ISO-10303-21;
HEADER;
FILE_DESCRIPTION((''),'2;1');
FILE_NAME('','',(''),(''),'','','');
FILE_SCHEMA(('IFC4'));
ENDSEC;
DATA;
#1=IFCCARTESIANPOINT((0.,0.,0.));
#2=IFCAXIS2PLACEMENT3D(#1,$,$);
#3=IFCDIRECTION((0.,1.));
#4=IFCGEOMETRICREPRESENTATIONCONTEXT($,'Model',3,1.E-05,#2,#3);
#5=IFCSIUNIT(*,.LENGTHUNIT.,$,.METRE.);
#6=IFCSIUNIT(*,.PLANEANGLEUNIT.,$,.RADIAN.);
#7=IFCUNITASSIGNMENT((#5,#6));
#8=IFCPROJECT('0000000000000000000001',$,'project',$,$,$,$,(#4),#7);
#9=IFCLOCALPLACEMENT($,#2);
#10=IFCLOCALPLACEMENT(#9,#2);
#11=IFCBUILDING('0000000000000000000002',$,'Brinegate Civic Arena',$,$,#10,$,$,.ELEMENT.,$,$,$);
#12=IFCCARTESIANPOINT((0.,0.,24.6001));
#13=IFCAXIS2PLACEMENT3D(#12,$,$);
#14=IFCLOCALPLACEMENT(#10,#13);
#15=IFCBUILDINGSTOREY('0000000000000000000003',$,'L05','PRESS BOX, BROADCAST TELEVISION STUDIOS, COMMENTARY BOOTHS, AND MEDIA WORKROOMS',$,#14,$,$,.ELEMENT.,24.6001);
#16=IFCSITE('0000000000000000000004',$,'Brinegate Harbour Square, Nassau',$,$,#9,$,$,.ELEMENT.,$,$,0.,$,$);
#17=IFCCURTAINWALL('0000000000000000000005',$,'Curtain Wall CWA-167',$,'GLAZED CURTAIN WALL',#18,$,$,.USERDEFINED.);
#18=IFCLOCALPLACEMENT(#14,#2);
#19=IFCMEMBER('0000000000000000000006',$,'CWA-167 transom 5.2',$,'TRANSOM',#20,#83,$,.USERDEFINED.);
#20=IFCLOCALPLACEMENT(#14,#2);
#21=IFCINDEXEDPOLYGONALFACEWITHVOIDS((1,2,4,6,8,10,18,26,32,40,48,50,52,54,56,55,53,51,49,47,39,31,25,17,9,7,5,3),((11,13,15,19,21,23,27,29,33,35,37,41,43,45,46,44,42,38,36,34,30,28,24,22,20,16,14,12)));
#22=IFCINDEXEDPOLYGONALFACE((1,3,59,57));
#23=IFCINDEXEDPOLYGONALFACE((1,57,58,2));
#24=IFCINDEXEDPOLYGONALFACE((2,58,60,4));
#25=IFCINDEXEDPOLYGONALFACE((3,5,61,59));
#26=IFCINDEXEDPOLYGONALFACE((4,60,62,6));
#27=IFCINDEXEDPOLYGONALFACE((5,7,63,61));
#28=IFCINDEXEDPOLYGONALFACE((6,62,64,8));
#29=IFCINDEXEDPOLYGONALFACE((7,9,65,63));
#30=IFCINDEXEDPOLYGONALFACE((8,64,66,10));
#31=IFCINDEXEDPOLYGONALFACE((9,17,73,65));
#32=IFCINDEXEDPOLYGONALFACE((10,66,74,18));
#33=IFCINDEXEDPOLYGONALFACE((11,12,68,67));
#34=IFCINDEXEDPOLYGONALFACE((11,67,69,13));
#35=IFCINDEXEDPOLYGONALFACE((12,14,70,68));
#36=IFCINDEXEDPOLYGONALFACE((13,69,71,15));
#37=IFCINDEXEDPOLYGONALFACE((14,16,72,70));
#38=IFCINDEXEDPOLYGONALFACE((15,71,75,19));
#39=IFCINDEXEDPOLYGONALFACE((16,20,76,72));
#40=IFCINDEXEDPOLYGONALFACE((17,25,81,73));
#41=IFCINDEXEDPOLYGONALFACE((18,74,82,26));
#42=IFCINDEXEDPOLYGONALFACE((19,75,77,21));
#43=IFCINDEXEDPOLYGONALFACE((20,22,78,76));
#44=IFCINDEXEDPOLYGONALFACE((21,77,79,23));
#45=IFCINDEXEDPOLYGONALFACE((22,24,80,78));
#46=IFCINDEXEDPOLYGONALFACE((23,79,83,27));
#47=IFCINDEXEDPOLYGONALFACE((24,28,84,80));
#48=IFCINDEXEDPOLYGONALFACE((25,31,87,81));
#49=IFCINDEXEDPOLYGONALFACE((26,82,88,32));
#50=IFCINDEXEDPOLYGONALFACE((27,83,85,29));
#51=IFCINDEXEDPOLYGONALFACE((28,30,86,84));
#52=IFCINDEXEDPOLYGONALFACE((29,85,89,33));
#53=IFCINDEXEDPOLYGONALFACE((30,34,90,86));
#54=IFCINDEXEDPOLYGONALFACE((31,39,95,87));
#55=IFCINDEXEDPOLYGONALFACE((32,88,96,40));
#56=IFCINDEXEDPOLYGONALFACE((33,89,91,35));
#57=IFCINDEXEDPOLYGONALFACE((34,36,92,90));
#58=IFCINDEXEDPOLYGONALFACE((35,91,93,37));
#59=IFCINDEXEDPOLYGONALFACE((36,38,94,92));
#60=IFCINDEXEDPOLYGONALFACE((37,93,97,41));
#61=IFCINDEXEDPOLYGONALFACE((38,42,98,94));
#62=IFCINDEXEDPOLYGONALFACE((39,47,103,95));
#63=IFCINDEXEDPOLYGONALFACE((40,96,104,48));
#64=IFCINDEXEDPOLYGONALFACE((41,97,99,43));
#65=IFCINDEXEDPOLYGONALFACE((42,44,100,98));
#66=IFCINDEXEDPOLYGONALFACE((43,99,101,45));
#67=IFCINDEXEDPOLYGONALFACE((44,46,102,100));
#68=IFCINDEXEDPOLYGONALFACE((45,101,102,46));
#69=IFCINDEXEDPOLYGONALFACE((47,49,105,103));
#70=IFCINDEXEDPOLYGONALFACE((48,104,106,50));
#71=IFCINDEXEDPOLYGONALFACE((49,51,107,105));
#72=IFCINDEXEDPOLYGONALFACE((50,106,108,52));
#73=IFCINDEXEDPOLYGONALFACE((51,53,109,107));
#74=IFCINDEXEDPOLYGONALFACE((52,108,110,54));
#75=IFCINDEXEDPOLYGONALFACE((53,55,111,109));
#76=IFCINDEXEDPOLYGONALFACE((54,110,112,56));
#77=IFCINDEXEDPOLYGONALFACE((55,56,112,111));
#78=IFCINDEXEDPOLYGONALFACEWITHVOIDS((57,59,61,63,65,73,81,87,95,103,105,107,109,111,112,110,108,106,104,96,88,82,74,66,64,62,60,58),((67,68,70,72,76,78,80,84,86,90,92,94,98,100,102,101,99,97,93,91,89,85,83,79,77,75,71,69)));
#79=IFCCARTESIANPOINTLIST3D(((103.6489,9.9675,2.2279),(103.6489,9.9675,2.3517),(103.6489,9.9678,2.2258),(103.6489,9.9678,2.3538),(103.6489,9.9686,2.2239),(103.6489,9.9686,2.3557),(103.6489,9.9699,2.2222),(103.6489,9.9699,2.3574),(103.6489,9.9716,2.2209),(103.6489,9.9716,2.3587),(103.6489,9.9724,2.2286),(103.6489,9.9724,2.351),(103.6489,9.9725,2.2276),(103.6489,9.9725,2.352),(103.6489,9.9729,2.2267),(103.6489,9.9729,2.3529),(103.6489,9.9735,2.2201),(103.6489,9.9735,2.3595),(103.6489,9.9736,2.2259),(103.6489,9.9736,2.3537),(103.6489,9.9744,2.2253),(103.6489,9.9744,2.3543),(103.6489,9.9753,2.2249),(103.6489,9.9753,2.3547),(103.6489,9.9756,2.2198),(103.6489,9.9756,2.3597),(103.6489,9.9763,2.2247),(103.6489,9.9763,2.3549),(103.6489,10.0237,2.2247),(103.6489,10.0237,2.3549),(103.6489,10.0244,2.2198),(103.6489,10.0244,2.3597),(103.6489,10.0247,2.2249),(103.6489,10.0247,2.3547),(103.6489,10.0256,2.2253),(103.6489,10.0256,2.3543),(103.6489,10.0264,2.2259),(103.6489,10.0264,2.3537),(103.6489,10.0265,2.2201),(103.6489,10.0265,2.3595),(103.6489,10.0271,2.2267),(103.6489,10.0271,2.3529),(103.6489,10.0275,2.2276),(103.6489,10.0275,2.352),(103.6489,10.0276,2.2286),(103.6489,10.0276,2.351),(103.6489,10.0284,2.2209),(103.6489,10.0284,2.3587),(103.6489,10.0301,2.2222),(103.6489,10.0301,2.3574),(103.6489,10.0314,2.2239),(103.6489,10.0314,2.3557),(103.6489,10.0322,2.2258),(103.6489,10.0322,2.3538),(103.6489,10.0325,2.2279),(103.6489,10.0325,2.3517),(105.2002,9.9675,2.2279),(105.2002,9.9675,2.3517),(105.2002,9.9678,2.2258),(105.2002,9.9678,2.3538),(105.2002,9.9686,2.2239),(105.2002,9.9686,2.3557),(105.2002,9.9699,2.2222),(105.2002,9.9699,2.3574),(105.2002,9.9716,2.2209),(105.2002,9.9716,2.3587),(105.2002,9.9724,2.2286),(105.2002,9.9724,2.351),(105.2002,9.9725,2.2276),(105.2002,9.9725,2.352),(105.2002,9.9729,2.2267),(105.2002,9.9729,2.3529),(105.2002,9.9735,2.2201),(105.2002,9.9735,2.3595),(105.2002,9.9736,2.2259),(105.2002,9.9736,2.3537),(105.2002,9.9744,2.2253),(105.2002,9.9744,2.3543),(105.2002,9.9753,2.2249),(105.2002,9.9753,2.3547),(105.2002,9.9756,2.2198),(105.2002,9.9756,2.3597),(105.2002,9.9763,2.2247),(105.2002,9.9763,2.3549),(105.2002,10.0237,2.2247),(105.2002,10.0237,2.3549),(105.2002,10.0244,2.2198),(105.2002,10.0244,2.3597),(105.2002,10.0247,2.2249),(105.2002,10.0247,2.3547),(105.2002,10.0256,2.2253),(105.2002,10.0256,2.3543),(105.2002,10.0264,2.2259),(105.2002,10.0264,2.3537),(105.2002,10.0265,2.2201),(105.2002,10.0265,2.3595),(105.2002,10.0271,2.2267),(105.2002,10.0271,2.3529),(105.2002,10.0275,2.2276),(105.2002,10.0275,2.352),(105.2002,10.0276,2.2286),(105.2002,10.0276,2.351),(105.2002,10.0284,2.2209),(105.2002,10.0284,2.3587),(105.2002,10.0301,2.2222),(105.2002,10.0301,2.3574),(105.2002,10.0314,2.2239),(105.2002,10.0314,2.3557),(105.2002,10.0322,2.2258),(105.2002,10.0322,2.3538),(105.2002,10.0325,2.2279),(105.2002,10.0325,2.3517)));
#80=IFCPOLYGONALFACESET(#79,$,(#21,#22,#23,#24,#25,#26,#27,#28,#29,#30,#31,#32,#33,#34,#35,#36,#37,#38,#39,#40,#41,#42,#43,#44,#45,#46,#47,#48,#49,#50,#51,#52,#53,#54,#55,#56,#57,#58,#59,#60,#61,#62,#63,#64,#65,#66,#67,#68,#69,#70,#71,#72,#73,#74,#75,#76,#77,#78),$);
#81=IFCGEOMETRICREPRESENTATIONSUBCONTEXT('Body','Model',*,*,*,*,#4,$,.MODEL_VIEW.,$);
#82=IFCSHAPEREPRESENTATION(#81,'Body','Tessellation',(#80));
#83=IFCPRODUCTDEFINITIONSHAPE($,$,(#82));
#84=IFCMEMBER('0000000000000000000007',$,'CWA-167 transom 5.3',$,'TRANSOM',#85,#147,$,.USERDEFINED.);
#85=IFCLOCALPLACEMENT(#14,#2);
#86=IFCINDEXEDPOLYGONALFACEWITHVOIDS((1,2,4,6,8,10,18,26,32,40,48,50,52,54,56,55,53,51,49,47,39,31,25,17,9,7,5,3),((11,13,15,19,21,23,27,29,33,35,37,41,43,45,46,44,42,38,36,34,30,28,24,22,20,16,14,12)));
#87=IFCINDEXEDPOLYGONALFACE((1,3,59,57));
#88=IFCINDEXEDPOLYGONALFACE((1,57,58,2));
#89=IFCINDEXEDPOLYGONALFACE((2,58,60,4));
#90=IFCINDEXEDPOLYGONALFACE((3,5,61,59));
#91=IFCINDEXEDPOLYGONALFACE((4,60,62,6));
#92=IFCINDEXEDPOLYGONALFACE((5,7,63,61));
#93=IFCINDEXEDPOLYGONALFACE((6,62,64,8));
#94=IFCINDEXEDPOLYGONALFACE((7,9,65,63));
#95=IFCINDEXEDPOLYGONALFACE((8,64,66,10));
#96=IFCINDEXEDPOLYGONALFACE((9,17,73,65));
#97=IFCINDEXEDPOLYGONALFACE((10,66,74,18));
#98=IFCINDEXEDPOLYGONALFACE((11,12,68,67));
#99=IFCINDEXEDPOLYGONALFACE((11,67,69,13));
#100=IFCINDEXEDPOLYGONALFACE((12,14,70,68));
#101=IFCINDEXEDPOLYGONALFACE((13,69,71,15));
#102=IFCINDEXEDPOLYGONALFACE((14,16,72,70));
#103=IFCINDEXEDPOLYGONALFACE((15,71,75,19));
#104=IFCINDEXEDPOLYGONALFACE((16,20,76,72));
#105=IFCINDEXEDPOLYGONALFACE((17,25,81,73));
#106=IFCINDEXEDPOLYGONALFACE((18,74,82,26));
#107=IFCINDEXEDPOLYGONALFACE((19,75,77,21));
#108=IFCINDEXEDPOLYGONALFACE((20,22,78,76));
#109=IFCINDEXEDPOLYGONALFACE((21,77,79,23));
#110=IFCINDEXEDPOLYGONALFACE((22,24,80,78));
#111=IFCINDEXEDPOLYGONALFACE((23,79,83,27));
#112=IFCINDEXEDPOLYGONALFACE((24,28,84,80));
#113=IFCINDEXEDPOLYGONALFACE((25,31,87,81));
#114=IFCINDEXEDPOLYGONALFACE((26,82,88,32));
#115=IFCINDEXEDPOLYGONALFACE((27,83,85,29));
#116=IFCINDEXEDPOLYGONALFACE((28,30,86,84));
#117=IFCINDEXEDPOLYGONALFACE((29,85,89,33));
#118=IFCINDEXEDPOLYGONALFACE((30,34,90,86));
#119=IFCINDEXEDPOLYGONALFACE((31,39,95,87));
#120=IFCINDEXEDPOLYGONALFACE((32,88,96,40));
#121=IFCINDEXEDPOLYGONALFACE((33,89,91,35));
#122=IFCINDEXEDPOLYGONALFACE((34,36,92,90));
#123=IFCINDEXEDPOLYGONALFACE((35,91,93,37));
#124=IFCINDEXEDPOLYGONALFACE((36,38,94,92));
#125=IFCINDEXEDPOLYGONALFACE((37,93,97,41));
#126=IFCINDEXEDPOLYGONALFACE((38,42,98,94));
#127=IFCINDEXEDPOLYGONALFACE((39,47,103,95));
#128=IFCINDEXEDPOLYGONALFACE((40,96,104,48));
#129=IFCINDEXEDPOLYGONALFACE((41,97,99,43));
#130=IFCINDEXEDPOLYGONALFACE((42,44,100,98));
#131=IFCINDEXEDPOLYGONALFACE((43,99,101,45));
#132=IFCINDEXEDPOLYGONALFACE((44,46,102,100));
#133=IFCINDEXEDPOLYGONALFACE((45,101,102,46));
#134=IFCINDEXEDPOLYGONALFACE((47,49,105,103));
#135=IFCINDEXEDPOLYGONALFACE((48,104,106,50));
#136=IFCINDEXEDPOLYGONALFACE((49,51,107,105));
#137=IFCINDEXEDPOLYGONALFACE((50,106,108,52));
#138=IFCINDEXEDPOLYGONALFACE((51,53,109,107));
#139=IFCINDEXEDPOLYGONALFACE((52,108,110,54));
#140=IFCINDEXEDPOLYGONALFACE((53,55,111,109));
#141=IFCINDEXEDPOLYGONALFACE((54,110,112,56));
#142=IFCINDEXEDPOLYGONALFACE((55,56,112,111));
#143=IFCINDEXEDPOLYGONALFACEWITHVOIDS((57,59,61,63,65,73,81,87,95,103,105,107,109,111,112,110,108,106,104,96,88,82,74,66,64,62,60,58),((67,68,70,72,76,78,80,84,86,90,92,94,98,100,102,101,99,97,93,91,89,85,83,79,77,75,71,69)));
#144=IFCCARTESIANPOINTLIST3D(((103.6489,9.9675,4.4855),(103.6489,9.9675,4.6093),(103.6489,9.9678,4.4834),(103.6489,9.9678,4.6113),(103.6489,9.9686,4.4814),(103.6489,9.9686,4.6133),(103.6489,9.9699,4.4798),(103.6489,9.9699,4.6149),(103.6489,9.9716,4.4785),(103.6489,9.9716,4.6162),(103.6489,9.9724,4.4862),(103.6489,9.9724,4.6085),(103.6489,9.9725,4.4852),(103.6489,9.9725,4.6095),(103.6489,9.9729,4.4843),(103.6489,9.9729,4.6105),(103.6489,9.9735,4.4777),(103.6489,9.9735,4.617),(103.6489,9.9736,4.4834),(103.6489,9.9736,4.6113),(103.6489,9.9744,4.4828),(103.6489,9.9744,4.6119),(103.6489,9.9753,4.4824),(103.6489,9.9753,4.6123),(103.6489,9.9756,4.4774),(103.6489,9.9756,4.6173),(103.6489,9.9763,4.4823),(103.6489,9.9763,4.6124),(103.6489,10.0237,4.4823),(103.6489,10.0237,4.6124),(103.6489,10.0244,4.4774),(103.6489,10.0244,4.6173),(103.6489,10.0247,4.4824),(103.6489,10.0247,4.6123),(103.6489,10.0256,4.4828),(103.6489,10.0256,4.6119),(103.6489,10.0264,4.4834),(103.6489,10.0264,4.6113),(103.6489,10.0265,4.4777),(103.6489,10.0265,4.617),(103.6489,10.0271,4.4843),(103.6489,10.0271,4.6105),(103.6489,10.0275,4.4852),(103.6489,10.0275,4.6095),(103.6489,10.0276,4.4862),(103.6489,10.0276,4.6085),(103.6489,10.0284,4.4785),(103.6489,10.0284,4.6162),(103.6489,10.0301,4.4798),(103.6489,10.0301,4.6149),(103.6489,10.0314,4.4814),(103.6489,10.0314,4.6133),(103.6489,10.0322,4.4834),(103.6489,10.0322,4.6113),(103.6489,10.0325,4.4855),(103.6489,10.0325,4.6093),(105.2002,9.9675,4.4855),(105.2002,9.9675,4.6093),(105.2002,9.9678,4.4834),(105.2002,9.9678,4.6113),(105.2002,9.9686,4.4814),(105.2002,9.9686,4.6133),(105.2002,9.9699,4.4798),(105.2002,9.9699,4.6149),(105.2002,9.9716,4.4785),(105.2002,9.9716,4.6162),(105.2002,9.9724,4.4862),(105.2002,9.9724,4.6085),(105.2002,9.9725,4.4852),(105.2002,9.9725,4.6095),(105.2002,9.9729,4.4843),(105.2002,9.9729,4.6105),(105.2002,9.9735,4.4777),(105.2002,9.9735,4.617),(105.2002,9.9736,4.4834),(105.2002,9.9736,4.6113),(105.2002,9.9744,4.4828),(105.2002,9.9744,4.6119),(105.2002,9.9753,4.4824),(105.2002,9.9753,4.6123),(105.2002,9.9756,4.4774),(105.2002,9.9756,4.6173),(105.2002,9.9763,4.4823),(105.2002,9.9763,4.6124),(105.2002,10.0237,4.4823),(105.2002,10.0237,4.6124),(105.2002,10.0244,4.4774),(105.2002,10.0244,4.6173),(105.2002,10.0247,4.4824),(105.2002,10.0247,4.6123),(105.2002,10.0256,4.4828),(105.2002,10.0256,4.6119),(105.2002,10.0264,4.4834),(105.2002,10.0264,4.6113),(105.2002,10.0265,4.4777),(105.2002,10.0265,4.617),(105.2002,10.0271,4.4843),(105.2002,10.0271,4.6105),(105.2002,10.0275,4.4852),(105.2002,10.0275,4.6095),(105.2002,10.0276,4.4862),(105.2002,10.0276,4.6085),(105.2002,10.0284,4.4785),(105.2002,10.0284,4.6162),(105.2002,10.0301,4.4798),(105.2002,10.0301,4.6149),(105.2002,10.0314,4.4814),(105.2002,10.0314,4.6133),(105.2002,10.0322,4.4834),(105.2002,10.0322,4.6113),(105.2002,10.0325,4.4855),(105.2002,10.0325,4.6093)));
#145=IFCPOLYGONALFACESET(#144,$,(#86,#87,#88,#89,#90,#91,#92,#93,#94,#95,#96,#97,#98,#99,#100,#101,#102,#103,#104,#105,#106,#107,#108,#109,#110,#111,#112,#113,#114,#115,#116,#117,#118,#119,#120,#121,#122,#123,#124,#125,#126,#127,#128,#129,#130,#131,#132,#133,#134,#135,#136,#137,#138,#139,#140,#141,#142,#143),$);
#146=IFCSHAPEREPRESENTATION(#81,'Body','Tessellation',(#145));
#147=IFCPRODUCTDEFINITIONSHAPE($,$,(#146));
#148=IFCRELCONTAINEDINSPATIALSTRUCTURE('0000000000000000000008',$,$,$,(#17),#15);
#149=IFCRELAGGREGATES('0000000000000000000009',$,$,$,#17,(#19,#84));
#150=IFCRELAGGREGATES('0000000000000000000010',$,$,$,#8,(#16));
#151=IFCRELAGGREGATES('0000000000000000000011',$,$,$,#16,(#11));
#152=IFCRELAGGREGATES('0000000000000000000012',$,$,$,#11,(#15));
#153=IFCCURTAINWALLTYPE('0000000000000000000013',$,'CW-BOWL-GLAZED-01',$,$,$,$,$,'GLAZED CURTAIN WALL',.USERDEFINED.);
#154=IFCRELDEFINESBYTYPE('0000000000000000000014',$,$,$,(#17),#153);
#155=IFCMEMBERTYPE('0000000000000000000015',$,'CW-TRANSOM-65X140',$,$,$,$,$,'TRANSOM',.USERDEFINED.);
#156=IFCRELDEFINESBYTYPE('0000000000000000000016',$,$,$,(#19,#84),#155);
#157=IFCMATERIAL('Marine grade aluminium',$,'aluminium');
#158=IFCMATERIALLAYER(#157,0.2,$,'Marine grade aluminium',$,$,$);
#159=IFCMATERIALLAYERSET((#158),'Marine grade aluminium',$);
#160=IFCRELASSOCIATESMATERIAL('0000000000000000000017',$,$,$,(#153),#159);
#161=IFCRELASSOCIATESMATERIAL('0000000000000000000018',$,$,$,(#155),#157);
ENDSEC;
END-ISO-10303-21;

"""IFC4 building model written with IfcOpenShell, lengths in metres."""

from ifc_helpers import new_model, si_unit, direction, frame, origin, origin_2d, place, context, subcontext, project, spatial, hollow_rectangle, extrude, material, layer, layer_set, material_profile, profile_set, type_object, element, aggregate, save


model = new_model("IFC4")

# Units and contexts
model_context = context("Model", 3, precision=1e-05, world=origin(), true_north=direction((0.0, 1.0)))
body_context = subcontext(model_context, "Body", "Model", "MODEL_VIEW")
ifc_project = project(units=[si_unit("LENGTHUNIT", "METRE"), si_unit("PLANEANGLEUNIT", "RADIAN")], contexts=[model_context])

# Site, building, storey
site_placement = place(None, origin())
site = spatial("IfcSite", under=ifc_project, at=site_placement, Name="Brinegate Harbour Square, Nassau", CompositionType="ELEMENT", RefElevation=0.0)
building_placement = place(site_placement, origin())
building = spatial("IfcBuilding", under=site, at=building_placement, Name="Brinegate Civic Arena", CompositionType="ELEMENT")
storey_placement = place(building_placement, frame((0.0, 0.0, 24.6001)))
storey = spatial("IfcBuildingStorey", under=building, at=storey_placement, Name="L05", Description="PRESS BOX, BROADCAST TELEVISION STUDIOS, COMMENTARY BOOTHS, AND MEDIA WORKROOMS", CompositionType="ELEMENT", Elevation=24.6001)

# Curtain wall, members
ifc_material_1 = material(Name="Marine grade aluminium", Category="aluminium")
ifc_layer_1 = layer(ifc_material_1, 0.2, Name="Marine grade aluminium")
ifc_layer_set_1 = layer_set([ifc_layer_1], Name="Marine grade aluminium")
curtain_wall_type = type_object("IfcCurtainWallType", Name="CW-BOWL-GLAZED-01", ElementType="GLAZED CURTAIN WALL", PredefinedType="USERDEFINED", material=ifc_layer_set_1)
curtain_wall_placement = place(storey_placement, origin())
curtain_wall = element("IfcCurtainWall", 1, at=curtain_wall_placement, inside=storey, type_object=curtain_wall_type, Name="Curtain Wall CWA-167", ObjectType="GLAZED CURTAIN WALL", PredefinedType="USERDEFINED")
ifc_material_profile_1 = material_profile(ifc_material_1, hollow_rectangle(XDim=0.0649, YDim=0.1399, WallThickness=0.0049, InnerFilletRadius=0.0039, OuterFilletRadius=0.0081, at=origin_2d()), Name="TRN65X140")
ifc_profile_set_1 = profile_set([ifc_material_profile_1], Name="Marine grade aluminium")
member_type_1 = type_object("IfcMemberType", Name="CW-TRANSOM-65X140", ElementType="TRANSOM", PredefinedType="USERDEFINED", material=ifc_profile_set_1)
member_1_placement = place(storey_placement, frame((103.6489, 10.0, 2.2898), z_axis=(1.0, 0.0, 0.0), x_axis=(0.0, 1.0, 0.0)))
member_1 = element("IfcMember", 2, at=member_1_placement, type_object=member_type_1, Name="CWA-167 transom 5.2", ObjectType="TRANSOM", PredefinedType="USERDEFINED", context=body_context, shape_type="SweptSolid", body=[
    extrude(hollow_rectangle(XDim=0.0649, YDim=0.1399, WallThickness=0.0049, InnerFilletRadius=0.0039, OuterFilletRadius=0.0081, at=origin_2d()), origin(), (0.0, 0.0, 1.0), 1.5513),
])
member_2_placement = place(storey_placement, frame((103.6489, 10.0, 4.5474), z_axis=(1.0, 0.0, 0.0), x_axis=(0.0, 1.0, 0.0)))
member_2 = element("IfcMember", 3, at=member_2_placement, type_object=member_type_1, Name="CWA-167 transom 5.3", ObjectType="TRANSOM", PredefinedType="USERDEFINED", context=body_context, shape_type="SweptSolid", body=[
    extrude(hollow_rectangle(XDim=0.0649, YDim=0.1399, WallThickness=0.0049, InnerFilletRadius=0.0039, OuterFilletRadius=0.0081, at=origin_2d()), origin(), (0.0, 0.0, 1.0), 1.5513),
])
aggregate(curtain_wall, [member_1, member_2])

save(model, "model.ifc")
